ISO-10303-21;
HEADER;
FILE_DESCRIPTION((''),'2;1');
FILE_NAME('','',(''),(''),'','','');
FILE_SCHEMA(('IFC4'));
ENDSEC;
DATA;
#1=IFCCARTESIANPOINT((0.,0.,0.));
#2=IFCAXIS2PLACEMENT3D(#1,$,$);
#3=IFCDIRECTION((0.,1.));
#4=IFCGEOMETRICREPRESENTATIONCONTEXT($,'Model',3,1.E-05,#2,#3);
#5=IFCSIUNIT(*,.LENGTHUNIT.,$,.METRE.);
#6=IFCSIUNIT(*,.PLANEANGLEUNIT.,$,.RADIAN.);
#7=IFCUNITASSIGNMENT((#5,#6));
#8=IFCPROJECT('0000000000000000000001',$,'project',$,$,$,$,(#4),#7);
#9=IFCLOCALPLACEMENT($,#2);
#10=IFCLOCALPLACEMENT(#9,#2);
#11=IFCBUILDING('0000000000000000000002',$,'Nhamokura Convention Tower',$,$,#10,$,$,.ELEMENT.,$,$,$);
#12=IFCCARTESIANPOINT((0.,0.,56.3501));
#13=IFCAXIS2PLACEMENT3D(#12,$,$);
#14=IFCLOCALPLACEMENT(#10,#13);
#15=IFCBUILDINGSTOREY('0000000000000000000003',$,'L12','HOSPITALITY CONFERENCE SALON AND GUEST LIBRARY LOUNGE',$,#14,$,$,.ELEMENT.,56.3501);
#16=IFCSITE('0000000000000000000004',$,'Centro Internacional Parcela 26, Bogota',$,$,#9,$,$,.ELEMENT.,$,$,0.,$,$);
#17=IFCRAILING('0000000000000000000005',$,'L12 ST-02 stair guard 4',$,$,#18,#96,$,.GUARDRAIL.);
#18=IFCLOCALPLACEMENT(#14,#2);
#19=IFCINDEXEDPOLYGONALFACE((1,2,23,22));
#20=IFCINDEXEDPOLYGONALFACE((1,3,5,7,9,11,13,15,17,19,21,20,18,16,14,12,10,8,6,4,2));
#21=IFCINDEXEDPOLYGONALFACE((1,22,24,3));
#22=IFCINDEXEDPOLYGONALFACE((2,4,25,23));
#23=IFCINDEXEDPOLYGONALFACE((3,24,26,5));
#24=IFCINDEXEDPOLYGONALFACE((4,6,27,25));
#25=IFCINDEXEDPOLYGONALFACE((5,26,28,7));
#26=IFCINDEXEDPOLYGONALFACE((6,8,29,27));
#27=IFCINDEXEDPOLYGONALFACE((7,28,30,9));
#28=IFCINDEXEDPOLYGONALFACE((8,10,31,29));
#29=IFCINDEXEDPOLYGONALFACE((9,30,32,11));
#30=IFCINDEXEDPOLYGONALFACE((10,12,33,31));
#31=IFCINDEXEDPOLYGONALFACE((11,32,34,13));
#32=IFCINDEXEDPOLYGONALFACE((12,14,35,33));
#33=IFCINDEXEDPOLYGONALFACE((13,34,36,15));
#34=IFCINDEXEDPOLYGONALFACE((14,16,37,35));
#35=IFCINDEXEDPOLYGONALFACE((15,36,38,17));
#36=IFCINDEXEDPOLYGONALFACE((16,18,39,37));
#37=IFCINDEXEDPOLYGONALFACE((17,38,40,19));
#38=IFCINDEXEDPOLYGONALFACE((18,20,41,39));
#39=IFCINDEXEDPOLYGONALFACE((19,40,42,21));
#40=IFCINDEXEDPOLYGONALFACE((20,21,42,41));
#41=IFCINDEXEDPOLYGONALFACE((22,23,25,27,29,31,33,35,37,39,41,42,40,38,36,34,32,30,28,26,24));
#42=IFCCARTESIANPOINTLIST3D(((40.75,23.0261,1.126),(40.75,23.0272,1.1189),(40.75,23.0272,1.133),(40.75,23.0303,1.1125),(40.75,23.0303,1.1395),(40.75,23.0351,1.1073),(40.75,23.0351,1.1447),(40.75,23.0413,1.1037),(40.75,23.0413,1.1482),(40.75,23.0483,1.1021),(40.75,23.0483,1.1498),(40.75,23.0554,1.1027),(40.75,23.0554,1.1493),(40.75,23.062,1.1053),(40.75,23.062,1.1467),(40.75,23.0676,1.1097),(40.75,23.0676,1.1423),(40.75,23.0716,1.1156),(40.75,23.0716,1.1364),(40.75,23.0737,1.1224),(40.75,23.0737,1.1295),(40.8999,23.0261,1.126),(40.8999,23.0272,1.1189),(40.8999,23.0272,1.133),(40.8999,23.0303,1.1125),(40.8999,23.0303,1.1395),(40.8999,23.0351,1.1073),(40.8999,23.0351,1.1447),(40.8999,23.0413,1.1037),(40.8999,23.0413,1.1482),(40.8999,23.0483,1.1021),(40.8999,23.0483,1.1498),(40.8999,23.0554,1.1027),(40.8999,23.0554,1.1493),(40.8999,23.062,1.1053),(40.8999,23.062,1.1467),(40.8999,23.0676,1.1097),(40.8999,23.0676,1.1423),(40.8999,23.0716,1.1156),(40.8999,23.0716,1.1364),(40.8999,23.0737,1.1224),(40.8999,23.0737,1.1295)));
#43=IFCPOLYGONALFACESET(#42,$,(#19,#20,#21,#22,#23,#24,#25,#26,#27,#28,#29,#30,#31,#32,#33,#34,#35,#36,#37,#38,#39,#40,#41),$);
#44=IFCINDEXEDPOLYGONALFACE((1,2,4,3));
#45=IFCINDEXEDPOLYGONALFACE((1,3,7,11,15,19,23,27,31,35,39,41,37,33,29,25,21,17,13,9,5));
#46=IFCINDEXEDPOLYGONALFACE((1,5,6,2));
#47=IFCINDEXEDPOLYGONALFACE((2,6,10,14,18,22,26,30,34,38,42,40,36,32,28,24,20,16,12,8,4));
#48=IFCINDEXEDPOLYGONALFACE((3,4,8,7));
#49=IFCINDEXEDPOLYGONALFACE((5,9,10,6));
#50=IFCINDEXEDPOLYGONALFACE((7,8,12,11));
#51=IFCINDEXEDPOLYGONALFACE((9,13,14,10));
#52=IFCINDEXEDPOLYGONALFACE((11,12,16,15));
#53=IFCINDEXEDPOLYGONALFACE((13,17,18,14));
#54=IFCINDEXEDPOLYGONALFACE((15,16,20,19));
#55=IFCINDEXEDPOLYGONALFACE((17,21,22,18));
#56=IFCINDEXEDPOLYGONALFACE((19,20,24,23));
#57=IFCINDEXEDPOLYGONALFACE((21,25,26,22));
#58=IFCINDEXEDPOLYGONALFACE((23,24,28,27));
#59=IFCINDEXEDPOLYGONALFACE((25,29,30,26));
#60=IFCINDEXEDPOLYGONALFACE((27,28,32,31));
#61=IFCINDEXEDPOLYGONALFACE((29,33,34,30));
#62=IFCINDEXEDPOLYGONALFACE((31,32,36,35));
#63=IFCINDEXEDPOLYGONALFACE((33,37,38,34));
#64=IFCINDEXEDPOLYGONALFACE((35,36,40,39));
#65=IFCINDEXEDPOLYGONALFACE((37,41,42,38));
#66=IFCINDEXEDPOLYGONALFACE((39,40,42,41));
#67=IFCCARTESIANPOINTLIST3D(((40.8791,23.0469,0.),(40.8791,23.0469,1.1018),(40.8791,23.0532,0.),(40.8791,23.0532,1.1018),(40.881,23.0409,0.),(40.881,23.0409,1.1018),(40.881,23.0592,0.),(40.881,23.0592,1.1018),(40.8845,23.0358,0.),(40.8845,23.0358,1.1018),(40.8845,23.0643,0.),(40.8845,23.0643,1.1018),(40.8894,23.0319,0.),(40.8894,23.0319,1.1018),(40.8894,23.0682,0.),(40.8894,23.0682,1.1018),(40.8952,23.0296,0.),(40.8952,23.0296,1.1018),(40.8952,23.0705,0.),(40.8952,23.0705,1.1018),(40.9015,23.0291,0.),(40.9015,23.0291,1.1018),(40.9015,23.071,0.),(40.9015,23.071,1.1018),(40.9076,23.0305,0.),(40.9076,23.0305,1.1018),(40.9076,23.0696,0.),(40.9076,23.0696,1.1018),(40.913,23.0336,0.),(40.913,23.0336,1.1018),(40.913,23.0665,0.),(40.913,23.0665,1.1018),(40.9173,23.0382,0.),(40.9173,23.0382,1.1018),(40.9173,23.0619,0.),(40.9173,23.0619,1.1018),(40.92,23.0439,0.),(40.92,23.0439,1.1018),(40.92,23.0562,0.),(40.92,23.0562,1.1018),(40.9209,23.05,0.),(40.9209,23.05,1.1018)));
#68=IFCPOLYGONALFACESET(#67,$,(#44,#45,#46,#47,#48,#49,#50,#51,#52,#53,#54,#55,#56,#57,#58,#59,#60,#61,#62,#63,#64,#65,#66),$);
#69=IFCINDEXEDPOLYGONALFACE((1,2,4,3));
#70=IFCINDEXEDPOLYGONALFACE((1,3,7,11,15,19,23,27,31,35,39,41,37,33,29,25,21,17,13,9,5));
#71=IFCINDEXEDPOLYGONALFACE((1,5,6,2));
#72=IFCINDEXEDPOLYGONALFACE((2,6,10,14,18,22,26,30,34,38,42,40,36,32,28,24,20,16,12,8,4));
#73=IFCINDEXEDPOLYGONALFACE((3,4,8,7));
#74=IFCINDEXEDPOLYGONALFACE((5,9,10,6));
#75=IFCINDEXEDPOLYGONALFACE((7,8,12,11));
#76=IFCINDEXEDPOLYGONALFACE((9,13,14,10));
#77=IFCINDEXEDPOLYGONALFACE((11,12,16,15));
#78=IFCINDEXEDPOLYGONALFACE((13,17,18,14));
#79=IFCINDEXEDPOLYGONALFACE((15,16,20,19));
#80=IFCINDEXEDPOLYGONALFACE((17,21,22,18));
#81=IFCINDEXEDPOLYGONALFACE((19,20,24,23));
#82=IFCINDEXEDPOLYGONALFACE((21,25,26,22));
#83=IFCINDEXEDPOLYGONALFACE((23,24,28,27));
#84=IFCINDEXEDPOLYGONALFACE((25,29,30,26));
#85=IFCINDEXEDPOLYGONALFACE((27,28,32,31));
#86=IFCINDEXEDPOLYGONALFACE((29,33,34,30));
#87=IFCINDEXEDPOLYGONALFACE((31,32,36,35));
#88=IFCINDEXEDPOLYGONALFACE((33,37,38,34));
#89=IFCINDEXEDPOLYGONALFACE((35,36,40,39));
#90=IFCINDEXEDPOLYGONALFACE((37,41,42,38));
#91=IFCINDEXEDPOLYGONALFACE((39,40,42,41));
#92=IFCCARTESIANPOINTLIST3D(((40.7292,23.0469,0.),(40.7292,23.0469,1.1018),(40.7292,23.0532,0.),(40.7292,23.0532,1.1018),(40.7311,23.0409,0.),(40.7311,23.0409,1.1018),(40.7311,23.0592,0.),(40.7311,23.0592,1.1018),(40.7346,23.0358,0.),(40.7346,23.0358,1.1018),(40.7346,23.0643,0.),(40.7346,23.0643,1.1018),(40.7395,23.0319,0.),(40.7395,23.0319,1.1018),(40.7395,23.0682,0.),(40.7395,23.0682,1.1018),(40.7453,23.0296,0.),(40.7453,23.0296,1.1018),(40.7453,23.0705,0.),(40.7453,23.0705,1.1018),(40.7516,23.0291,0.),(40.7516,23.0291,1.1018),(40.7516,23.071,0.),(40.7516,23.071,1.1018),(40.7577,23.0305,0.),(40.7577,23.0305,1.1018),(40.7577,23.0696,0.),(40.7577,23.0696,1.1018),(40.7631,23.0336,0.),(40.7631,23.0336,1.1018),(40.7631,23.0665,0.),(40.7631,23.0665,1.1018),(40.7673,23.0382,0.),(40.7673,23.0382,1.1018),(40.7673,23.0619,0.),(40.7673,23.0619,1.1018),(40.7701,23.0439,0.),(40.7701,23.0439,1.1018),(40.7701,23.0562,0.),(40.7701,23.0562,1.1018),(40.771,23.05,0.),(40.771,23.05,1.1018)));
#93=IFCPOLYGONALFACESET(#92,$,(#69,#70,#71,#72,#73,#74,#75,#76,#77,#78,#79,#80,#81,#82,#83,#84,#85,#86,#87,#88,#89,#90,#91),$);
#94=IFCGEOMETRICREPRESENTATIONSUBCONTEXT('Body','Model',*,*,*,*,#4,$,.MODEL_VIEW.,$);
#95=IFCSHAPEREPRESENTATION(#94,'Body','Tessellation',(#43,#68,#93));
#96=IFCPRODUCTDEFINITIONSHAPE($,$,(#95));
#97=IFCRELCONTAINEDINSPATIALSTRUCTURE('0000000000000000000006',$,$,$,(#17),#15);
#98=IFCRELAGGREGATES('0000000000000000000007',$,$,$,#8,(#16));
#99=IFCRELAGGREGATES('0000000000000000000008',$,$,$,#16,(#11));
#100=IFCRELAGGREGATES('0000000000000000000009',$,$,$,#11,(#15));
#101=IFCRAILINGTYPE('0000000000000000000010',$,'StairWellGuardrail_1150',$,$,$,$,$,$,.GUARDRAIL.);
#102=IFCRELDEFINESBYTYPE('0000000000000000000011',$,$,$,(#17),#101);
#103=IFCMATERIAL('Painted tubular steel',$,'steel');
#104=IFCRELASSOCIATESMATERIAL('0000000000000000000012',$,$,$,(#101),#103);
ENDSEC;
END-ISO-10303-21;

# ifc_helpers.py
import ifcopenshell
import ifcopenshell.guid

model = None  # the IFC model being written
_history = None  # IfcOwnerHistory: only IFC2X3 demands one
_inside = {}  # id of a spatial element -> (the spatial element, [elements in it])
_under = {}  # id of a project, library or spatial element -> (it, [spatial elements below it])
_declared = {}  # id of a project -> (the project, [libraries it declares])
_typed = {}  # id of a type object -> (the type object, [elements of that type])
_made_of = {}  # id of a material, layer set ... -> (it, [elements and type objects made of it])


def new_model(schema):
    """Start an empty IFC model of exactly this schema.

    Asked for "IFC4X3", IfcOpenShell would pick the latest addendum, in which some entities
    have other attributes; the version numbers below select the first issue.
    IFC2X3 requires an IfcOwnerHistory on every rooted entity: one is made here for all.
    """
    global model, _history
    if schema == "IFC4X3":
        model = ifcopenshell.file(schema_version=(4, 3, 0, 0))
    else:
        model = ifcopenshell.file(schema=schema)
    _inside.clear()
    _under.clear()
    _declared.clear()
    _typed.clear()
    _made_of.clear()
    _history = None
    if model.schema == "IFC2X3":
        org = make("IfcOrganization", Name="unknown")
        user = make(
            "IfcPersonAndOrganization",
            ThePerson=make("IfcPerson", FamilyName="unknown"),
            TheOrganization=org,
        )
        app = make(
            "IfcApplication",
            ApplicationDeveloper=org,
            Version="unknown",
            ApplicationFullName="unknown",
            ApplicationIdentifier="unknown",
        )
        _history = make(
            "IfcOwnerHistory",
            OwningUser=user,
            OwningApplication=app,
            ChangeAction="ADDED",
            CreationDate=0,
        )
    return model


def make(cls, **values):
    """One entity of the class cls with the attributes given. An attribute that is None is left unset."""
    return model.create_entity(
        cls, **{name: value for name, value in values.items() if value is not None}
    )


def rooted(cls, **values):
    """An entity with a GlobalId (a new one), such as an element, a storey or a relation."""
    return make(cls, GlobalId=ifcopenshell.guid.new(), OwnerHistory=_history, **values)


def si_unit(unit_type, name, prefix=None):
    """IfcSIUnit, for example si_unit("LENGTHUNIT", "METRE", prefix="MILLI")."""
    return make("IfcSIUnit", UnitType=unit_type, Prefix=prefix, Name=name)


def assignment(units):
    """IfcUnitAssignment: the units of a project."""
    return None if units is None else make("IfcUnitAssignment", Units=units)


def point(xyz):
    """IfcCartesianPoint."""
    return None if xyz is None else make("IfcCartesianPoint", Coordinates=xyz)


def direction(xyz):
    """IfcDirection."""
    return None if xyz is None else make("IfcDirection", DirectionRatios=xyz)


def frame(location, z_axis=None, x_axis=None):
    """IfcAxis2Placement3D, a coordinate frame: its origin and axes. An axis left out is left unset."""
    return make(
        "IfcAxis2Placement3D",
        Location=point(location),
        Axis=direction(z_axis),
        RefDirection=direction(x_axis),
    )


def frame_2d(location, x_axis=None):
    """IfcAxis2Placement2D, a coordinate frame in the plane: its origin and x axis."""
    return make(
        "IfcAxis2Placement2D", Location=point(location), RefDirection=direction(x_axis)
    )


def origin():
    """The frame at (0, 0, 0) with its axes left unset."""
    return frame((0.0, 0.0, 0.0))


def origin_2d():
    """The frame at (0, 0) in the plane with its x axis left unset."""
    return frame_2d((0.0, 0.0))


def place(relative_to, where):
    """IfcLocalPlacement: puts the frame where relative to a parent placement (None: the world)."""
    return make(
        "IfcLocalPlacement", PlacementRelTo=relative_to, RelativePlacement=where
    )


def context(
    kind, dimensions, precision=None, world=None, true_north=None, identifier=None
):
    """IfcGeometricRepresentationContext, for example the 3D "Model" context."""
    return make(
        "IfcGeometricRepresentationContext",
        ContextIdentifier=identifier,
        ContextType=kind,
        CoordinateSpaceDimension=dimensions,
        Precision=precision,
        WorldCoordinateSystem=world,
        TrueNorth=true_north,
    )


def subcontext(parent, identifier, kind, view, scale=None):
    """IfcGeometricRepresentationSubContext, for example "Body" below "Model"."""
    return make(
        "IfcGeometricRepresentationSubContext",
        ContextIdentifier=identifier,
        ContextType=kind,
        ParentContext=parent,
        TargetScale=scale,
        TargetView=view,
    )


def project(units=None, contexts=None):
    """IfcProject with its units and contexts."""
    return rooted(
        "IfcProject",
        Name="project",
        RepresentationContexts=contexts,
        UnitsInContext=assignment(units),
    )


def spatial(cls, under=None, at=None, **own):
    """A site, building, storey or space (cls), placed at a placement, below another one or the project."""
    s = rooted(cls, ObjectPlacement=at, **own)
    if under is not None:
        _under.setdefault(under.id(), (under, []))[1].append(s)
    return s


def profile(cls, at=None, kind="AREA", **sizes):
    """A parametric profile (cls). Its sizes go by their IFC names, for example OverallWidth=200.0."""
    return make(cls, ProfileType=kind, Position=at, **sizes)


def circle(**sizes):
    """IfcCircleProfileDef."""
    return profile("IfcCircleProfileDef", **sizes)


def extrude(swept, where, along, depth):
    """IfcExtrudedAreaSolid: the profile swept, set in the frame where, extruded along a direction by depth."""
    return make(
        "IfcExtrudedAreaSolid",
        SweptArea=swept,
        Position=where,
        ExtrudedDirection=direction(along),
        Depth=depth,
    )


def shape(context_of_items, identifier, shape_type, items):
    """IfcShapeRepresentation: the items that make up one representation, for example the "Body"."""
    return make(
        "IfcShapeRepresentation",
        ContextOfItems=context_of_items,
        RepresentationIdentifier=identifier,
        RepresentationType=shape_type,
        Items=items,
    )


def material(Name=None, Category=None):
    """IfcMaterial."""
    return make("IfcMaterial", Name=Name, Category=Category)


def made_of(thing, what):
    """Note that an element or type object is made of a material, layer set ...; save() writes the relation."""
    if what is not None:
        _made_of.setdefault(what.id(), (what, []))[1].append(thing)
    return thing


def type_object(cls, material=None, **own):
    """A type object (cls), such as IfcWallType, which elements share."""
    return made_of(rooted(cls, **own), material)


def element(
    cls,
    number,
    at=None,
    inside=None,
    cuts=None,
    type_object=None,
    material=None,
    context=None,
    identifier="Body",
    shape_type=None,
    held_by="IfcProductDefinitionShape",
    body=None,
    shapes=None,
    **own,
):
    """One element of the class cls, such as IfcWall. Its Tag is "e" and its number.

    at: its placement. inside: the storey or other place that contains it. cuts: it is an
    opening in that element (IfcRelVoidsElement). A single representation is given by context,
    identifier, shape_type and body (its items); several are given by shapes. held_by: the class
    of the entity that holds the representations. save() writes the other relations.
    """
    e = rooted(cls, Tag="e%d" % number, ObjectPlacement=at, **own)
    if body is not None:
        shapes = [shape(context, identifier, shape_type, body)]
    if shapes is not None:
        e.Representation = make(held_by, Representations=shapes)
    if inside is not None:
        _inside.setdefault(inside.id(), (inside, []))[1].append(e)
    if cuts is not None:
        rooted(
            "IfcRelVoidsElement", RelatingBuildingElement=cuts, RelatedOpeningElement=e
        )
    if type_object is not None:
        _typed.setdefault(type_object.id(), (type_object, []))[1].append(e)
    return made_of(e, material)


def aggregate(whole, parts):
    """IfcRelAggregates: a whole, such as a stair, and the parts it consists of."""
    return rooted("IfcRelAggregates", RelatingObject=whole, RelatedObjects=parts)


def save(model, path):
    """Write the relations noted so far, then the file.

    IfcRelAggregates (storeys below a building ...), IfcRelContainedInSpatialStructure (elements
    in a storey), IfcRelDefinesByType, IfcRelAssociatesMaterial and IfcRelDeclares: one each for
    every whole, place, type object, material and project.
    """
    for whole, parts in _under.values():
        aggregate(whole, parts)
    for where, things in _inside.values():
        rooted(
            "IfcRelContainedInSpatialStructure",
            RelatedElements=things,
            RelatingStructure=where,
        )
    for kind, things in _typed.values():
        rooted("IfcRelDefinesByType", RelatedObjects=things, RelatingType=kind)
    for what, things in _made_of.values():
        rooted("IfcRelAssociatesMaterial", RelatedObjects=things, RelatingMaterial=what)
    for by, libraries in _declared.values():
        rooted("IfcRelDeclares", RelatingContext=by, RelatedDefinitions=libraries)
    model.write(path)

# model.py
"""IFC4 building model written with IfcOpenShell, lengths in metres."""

from ifc_helpers import new_model, si_unit, direction, frame, origin, origin_2d, place, context, subcontext, project, spatial, circle, extrude, material, type_object, element, save


model = new_model("IFC4")

# Units and contexts
model_context = context("Model", 3, precision=1e-05, world=origin(), true_north=direction((0.0, 1.0)))
body_context = subcontext(model_context, "Body", "Model", "MODEL_VIEW")
ifc_project = project(units=[si_unit("LENGTHUNIT", "METRE"), si_unit("PLANEANGLEUNIT", "RADIAN")], contexts=[model_context])

# Site, building, storey
site_placement = place(None, origin())
site = spatial("IfcSite", under=ifc_project, at=site_placement, Name="Centro Internacional Parcela 26, Bogota", CompositionType="ELEMENT", RefElevation=0.0)
building_placement = place(site_placement, origin())
building = spatial("IfcBuilding", under=site, at=building_placement, Name="Nhamokura Convention Tower", CompositionType="ELEMENT")
storey_placement = place(building_placement, frame((0.0, 0.0, 56.3501)))
storey = spatial("IfcBuildingStorey", under=building, at=storey_placement, Name="L12", Description="HOSPITALITY CONFERENCE SALON AND GUEST LIBRARY LOUNGE", CompositionType="ELEMENT", Elevation=56.3501)

# Railing
ifc_material_1 = material(Name="Painted tubular steel", Category="steel")
railing_type_1 = type_object("IfcRailingType", Name="StairWellGuardrail_1150", PredefinedType="GUARDRAIL", material=ifc_material_1)
railing_1_placement = place(storey_placement, frame((40.8999, 23.05, 0.0)))
element("IfcRailing", 1, at=railing_1_placement, inside=storey, type_object=railing_type_1, Name="L12 ST-02 stair guard 4", PredefinedType="GUARDRAIL", context=body_context, shape_type="SweptSolid", body=[
    extrude(circle(Radius=0.0239, at=origin_2d()), frame((0.0, 0.0, 1.126), z_axis=(-1.0, 0.0, 0.0), x_axis=(0.0, -1.0, 0.0)), (0.0, 0.0, 1.0), 0.1499),
    extrude(circle(Radius=0.021, at=origin_2d()), origin(), (0.0, 0.0, 1.0), 1.1018),
    extrude(circle(Radius=0.021, at=origin_2d()), frame((-0.1499, 0.0, 0.0)), (0.0, 0.0, 1.0), 1.1018),
])

save(model, "model.ifc")
